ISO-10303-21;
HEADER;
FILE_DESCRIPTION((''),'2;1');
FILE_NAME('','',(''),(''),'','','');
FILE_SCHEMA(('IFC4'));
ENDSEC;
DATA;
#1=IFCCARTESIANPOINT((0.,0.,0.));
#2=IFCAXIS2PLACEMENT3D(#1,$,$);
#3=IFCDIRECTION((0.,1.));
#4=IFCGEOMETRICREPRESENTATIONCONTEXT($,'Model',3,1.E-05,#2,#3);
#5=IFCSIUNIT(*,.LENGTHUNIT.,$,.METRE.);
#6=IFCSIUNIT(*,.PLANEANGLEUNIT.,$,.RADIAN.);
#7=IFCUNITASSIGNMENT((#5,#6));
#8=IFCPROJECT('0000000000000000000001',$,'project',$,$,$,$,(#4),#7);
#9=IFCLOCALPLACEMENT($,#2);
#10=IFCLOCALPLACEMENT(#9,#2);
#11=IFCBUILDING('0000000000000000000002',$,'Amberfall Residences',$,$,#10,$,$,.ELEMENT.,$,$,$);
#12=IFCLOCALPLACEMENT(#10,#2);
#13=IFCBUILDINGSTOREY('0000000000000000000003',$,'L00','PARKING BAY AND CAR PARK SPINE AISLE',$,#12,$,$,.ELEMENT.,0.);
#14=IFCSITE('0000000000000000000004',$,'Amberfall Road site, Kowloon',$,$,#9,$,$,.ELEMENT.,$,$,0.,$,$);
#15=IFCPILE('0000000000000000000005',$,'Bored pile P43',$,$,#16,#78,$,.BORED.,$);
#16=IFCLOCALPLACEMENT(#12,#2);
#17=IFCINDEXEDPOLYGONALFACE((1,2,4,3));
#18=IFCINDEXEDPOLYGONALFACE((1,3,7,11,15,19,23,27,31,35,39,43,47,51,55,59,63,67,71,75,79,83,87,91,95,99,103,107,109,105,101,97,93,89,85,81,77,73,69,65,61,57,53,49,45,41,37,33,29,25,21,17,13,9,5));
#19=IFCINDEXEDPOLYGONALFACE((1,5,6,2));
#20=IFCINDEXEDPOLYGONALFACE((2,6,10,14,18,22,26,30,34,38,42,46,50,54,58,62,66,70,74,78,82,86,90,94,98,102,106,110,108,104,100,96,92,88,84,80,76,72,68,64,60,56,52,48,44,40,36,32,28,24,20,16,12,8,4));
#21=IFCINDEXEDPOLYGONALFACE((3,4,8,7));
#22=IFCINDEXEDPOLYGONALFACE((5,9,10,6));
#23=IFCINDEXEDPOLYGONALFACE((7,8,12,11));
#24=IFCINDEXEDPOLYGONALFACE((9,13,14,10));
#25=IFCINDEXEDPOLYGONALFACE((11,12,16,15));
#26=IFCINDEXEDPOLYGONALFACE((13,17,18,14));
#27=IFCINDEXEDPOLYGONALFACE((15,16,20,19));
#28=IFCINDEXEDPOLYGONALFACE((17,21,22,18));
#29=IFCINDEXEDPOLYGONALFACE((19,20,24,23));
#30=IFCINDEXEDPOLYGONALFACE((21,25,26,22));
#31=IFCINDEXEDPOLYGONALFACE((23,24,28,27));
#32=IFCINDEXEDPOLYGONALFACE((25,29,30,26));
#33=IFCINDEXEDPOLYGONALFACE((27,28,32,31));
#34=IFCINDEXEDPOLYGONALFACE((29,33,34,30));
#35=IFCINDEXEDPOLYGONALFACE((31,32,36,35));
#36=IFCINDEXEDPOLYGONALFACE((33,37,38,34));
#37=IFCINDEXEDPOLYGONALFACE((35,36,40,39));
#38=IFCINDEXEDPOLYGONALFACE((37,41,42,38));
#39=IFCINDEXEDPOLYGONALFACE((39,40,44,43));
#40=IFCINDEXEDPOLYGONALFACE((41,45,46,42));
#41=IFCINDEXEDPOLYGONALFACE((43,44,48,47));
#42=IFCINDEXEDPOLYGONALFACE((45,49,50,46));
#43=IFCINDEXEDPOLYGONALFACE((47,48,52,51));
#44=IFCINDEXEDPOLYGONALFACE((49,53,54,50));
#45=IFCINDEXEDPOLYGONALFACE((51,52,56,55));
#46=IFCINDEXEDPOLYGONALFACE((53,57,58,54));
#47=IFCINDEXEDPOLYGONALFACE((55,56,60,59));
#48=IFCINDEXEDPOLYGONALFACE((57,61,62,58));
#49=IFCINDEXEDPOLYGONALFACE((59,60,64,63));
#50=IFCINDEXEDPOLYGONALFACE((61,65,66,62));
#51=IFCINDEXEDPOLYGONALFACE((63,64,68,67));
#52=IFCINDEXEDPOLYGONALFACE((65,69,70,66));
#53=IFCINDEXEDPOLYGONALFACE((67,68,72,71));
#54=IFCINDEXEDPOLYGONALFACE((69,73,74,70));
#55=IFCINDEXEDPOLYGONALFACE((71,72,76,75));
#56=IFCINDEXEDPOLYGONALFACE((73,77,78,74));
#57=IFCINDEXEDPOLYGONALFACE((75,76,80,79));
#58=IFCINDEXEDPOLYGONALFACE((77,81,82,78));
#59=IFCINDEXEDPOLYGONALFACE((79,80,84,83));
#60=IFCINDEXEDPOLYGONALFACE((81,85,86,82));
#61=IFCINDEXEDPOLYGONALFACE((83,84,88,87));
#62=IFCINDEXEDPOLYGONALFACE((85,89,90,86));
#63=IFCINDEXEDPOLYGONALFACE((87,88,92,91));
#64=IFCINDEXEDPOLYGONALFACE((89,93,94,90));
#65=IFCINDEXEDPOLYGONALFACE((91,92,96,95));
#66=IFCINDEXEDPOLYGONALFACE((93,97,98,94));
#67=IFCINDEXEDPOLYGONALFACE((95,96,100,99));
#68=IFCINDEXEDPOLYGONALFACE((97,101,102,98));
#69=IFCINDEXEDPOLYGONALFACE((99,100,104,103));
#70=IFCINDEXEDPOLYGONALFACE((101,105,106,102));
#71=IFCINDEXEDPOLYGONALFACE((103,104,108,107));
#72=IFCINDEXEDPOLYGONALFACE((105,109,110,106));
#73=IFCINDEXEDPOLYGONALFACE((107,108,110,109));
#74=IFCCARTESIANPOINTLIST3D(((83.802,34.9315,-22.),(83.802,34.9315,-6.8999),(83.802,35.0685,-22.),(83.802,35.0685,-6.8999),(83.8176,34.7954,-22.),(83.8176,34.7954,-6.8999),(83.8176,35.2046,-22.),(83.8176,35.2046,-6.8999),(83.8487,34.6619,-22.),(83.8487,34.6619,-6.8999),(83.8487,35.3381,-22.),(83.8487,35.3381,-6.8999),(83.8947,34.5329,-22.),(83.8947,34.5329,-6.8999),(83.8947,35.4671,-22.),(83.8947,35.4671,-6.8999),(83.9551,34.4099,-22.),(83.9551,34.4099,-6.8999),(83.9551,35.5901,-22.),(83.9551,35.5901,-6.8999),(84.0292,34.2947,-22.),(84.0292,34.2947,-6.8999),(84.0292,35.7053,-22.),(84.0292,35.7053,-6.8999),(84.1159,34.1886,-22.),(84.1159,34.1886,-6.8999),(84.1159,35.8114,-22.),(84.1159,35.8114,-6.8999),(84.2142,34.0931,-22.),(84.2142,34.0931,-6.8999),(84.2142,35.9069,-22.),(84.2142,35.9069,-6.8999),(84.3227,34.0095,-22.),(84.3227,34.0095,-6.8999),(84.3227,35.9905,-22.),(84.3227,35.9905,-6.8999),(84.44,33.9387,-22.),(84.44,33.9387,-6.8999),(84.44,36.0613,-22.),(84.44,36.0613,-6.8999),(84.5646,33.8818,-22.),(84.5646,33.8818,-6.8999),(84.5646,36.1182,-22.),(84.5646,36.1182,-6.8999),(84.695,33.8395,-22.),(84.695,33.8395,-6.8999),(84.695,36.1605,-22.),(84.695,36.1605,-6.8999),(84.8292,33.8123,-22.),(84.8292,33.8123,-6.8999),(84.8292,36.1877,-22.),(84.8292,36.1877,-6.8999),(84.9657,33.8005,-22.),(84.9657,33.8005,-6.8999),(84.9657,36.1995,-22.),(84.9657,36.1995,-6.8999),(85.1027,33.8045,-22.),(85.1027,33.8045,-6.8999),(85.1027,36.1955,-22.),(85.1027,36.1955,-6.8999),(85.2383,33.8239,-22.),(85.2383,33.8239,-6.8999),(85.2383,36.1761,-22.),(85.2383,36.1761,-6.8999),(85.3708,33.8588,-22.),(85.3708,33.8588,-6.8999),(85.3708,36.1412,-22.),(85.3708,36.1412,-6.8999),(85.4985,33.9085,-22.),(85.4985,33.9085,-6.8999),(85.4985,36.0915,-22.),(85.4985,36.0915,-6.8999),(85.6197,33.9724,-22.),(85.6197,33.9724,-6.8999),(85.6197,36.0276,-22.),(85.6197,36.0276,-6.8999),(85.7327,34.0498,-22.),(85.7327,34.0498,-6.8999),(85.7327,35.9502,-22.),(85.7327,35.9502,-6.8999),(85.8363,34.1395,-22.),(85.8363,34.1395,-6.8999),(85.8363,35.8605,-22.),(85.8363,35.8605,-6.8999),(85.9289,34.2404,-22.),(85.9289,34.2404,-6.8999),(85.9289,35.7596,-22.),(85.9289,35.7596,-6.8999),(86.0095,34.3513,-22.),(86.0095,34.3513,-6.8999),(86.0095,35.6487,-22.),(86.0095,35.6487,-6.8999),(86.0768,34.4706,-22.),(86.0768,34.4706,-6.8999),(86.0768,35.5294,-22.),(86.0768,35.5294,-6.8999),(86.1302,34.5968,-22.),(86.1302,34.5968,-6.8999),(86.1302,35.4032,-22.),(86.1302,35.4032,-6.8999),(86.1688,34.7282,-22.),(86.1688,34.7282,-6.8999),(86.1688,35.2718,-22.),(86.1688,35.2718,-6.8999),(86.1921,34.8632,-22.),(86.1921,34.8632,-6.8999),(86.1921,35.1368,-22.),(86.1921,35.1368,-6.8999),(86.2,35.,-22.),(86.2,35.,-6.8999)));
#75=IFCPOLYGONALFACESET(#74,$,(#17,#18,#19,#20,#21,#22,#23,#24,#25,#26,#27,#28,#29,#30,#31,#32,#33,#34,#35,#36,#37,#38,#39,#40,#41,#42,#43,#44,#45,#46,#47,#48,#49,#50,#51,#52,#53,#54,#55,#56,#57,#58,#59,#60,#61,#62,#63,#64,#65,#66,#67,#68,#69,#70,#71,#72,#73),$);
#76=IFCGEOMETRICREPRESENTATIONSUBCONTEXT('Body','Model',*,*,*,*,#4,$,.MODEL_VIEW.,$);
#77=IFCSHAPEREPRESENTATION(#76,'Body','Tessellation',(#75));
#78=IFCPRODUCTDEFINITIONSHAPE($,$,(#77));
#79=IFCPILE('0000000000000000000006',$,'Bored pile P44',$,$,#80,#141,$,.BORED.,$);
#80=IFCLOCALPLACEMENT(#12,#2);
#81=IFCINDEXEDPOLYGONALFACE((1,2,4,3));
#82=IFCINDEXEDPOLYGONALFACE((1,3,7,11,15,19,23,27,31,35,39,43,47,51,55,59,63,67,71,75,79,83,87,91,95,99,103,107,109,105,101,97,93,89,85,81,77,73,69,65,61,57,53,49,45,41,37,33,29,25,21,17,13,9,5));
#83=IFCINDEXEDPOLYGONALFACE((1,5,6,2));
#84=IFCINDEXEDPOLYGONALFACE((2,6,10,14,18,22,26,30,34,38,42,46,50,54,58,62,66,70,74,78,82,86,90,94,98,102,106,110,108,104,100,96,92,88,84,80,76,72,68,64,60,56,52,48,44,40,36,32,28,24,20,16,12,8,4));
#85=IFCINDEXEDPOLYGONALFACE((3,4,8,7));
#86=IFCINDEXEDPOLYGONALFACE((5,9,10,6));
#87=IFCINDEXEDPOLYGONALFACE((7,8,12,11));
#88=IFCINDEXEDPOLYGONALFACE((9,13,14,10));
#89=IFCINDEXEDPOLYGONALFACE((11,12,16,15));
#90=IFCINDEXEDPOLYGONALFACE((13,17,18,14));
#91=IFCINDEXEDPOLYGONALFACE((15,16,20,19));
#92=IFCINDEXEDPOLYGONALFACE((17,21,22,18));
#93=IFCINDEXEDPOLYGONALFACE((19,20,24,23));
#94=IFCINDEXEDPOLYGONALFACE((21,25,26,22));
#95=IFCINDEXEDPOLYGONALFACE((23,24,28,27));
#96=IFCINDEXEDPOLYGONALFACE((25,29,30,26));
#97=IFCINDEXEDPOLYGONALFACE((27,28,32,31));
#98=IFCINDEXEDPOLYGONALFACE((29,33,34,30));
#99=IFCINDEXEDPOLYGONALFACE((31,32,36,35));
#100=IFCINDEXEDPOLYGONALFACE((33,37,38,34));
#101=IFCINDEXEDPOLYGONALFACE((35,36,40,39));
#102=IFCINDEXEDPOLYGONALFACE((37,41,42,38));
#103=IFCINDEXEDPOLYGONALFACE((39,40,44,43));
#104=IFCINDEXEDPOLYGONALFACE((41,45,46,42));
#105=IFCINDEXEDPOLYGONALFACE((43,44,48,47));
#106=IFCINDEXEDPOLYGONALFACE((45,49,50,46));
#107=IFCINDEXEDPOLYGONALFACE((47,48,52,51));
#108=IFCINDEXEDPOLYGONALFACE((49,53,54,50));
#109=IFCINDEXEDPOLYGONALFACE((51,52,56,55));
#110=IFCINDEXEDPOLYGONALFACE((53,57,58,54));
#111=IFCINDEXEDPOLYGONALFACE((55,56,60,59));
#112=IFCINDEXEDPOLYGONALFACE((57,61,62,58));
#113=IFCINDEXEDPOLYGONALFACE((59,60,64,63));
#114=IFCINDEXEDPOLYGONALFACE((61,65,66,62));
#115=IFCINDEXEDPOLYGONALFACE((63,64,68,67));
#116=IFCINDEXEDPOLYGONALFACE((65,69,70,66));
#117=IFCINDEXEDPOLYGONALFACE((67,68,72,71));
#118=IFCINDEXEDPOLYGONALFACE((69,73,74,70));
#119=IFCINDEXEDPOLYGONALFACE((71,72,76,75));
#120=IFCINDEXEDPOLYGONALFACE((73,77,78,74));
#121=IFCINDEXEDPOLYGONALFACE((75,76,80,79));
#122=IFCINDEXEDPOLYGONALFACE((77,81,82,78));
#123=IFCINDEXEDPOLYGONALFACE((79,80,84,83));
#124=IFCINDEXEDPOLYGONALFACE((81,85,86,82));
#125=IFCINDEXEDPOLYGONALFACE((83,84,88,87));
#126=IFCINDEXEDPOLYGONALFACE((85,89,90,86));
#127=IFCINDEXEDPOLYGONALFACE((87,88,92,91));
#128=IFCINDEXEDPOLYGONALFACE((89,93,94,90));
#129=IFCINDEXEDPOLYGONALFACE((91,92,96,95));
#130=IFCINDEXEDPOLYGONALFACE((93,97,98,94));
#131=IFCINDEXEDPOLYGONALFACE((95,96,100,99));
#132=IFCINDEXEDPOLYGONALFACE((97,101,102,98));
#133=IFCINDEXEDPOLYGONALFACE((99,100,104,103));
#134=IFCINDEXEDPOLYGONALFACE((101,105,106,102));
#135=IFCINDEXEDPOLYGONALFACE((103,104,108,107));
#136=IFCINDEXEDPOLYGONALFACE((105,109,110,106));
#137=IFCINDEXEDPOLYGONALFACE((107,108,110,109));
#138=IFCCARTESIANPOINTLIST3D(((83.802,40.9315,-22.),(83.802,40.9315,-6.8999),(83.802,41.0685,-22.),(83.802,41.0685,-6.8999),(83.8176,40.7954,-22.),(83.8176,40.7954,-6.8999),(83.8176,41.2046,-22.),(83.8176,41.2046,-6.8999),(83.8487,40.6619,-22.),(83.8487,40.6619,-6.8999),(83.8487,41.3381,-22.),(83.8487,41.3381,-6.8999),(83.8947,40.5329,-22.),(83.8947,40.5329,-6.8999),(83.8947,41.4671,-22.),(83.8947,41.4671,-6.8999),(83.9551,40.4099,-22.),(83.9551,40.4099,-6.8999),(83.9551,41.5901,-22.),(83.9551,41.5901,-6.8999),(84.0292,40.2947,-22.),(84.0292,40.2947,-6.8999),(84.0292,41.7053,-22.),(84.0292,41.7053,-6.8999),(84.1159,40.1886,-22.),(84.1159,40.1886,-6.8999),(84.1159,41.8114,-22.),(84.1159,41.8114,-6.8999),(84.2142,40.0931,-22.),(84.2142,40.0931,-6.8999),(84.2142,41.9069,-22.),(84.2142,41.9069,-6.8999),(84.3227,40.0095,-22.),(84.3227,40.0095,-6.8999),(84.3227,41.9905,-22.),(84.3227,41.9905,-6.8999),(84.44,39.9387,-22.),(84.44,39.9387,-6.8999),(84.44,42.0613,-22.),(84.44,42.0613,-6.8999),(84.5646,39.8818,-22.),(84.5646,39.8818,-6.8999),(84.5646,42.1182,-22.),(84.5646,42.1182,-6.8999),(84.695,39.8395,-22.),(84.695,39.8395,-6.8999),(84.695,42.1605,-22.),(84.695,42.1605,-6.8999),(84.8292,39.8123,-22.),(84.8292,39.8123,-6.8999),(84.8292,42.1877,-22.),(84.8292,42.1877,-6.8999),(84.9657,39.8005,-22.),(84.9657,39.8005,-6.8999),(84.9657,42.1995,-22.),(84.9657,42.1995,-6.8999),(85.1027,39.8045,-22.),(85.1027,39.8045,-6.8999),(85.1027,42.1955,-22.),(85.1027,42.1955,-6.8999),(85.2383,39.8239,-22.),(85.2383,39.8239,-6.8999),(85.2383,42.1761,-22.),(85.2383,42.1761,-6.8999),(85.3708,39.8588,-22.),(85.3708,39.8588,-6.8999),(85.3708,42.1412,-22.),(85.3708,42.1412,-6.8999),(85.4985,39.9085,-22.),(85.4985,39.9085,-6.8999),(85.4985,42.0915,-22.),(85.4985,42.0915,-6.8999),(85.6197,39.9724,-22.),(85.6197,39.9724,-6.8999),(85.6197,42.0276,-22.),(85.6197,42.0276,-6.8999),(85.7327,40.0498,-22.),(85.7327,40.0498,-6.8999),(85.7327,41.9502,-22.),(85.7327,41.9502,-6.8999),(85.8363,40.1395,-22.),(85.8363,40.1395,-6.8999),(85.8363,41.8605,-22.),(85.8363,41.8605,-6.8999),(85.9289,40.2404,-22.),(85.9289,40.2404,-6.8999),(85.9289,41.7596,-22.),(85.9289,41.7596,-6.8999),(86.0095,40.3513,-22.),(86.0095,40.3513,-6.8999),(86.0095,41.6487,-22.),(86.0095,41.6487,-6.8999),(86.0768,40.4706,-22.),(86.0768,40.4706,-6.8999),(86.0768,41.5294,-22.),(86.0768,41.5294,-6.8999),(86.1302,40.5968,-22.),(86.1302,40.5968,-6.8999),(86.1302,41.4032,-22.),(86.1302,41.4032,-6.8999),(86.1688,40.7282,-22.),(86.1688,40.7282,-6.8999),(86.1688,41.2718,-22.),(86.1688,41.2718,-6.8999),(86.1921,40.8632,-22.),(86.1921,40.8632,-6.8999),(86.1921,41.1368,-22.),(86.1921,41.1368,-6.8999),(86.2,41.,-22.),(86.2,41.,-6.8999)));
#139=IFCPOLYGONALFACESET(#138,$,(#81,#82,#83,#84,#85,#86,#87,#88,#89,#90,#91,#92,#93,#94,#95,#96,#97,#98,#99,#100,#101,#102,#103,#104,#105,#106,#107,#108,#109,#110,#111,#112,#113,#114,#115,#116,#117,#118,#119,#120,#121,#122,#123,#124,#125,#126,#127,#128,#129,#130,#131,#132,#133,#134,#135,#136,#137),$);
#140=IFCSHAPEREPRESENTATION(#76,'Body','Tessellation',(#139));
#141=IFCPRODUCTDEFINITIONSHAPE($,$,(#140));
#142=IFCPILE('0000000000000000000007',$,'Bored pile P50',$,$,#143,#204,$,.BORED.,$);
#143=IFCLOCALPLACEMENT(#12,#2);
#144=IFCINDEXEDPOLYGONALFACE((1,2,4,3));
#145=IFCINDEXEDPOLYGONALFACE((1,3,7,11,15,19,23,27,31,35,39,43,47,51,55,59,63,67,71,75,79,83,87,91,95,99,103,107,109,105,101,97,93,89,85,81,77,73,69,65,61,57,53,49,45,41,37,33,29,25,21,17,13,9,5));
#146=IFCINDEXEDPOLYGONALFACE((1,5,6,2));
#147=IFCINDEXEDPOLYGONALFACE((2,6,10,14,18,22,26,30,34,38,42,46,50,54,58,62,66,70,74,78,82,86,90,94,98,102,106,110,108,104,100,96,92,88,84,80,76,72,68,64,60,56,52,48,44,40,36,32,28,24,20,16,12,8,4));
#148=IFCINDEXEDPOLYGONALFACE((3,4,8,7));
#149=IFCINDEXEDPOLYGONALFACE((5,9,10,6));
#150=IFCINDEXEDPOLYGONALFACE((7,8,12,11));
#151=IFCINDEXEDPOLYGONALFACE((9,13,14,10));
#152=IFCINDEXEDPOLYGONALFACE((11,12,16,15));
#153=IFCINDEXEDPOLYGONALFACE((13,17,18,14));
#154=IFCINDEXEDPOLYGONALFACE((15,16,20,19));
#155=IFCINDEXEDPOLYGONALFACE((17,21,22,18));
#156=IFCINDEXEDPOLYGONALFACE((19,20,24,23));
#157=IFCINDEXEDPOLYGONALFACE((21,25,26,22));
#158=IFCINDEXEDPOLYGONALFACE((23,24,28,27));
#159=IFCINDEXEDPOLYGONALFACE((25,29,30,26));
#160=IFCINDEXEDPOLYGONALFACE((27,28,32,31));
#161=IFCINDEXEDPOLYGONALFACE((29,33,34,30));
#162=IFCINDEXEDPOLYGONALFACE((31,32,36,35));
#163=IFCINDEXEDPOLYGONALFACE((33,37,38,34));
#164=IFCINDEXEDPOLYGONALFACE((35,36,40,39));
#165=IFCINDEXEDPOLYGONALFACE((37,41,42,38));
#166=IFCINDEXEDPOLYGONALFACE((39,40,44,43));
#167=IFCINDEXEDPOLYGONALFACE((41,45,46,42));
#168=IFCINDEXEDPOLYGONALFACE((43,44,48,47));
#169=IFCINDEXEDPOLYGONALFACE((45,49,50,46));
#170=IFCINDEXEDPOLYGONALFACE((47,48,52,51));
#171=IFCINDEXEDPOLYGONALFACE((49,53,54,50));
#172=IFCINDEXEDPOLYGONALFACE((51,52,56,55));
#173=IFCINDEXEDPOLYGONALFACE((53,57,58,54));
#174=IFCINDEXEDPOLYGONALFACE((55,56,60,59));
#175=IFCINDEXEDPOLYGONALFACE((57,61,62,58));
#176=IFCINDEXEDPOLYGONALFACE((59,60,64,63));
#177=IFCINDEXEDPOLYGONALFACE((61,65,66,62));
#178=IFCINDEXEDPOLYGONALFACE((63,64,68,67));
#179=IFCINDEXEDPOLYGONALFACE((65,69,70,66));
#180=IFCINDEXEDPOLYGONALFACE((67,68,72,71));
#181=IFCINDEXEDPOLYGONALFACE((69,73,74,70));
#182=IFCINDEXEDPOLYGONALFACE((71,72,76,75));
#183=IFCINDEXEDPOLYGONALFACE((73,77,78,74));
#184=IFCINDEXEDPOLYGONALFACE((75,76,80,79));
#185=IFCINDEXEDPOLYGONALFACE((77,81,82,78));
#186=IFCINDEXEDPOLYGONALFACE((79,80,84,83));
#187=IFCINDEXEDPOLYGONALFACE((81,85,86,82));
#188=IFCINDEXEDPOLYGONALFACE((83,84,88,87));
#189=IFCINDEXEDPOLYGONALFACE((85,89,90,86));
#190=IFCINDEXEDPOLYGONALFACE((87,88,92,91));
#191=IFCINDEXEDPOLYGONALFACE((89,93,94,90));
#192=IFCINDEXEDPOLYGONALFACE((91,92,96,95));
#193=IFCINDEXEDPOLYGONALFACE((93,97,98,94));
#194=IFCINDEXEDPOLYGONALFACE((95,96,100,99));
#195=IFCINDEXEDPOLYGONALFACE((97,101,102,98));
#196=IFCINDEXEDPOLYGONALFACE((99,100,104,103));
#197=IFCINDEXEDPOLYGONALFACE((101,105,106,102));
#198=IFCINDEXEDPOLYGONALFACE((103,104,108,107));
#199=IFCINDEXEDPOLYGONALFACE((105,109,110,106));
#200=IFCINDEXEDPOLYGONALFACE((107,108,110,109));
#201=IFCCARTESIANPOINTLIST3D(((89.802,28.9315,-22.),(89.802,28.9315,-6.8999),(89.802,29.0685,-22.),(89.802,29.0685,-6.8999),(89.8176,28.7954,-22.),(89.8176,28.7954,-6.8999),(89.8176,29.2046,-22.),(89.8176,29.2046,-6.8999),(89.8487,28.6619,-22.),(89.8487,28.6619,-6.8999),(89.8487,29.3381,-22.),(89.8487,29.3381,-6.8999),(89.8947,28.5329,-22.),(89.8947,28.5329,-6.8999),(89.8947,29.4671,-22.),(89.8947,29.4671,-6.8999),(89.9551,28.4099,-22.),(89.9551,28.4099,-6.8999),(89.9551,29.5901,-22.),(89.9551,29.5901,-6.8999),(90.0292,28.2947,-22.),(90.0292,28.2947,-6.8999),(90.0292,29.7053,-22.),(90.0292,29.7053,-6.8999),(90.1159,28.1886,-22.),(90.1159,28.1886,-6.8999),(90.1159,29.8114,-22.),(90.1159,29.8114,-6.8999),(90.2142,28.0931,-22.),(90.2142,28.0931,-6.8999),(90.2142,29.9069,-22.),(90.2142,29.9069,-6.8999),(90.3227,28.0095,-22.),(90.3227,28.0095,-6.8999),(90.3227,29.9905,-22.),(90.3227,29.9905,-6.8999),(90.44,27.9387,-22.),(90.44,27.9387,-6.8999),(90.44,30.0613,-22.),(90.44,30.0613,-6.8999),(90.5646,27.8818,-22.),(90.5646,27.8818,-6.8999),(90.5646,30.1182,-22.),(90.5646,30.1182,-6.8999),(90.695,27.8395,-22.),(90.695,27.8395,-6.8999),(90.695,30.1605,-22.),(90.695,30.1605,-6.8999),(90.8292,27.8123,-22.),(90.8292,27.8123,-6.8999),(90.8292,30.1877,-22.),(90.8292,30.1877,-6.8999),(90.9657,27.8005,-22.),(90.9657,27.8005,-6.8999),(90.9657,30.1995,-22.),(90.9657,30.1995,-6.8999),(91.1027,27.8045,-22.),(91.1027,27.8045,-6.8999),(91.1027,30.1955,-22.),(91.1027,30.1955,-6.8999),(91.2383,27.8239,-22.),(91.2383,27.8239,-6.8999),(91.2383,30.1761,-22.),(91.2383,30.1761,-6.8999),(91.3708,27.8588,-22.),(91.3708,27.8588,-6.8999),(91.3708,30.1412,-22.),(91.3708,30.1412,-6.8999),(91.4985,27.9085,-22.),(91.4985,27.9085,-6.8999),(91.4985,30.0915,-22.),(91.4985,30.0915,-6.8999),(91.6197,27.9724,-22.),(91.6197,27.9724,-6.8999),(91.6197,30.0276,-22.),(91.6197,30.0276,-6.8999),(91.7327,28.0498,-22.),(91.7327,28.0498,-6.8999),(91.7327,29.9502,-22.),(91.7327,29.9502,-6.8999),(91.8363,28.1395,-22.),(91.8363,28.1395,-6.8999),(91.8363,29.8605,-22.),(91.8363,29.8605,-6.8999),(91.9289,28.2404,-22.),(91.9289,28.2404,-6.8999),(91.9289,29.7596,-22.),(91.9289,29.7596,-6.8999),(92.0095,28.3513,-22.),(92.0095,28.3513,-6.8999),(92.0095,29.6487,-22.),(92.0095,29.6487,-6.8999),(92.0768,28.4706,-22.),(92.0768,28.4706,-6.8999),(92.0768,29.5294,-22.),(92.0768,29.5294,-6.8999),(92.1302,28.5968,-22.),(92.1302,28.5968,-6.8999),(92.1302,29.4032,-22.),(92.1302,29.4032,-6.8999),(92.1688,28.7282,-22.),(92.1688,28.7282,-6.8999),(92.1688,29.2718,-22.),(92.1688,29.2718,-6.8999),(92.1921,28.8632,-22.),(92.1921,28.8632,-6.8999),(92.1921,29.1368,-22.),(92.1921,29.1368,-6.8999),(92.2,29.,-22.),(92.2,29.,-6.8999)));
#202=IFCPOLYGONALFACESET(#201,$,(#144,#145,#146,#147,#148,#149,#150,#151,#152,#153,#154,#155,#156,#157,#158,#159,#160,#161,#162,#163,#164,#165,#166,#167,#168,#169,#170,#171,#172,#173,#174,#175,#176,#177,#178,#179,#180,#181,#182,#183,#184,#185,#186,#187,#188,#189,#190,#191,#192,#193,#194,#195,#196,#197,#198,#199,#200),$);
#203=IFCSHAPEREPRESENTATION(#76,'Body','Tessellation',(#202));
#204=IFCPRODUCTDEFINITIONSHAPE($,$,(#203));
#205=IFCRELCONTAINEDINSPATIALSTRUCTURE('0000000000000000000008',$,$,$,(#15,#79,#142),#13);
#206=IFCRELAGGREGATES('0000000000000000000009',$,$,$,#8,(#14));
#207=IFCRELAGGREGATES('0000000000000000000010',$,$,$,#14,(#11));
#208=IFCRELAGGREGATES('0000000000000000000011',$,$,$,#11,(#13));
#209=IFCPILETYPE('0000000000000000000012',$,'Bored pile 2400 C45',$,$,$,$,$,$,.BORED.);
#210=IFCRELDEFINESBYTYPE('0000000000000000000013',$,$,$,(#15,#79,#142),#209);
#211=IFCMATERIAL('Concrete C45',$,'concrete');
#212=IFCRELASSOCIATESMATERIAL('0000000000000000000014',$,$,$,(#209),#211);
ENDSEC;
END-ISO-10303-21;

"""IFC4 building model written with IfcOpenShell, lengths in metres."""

from ifc_helpers import new_model, si_unit, direction, frame, origin, origin_2d, place, context, subcontext, project, spatial, circle, extrude, material, material_profile, profile_set, type_object, element, save


model = new_model("IFC4")

# Units and contexts
model_context = context("Model", 3, precision=1e-05, world=origin(), true_north=direction((0.0, 1.0)))
body_context = subcontext(model_context, "Body", "Model", "MODEL_VIEW")
ifc_project = project(units=[si_unit("LENGTHUNIT", "METRE"), si_unit("PLANEANGLEUNIT", "RADIAN")], contexts=[model_context])

# Site, building, storey
site_placement = place(None, origin())
site = spatial("IfcSite", under=ifc_project, at=site_placement, Name="Amberfall Road site, Kowloon", CompositionType="ELEMENT", RefElevation=0.0)
building_placement = place(site_placement, origin())
building = spatial("IfcBuilding", under=site, at=building_placement, Name="Amberfall Residences", CompositionType="ELEMENT")
storey_placement = place(building_placement, origin())
storey = spatial("IfcBuildingStorey", under=building, at=storey_placement, Name="L00", Description="PARKING BAY AND CAR PARK SPINE AISLE", CompositionType="ELEMENT", Elevation=0.0)

# Piles
ifc_material_1 = material(Name="Concrete C45", Category="concrete")
ifc_material_profile_1 = material_profile(ifc_material_1, circle(Radius=1.2, at=origin_2d()), Name="Bored pile 2400 C45")
ifc_profile_set_1 = profile_set([ifc_material_profile_1], Name="Concrete C45")
pile_type = type_object("IfcPileType", Name="Bored pile 2400 C45", PredefinedType="BORED", material=ifc_profile_set_1)
for number, where, z_axis, x_axis, name in (
    (1, (85.0, 35.0, -6.8999), (0.0, 0.0, -1.0), (1.0, 0.0, 0.0), "Bored pile P43"),
    (2, (85.0, 41.0, -6.8999), (0.0, 0.0, -1.0), (1.0, 0.0, 0.0), "Bored pile P44"),
    (3, (91.0, 29.0, -6.8999), (0.0, 0.0, -1.0), (1.0, 0.0, 0.0), "Bored pile P50"),
):
    element("IfcPile", number, at=place(storey_placement, frame(where, z_axis=z_axis, x_axis=x_axis)), inside=storey, type_object=pile_type, Name=name, PredefinedType="BORED", context=body_context, shape_type="SweptSolid", body=[
        extrude(circle(Radius=1.2, at=origin_2d()), origin(), (0.0, 0.0, 1.0), 15.1001),
    ])

save(model, "model.ifc")
